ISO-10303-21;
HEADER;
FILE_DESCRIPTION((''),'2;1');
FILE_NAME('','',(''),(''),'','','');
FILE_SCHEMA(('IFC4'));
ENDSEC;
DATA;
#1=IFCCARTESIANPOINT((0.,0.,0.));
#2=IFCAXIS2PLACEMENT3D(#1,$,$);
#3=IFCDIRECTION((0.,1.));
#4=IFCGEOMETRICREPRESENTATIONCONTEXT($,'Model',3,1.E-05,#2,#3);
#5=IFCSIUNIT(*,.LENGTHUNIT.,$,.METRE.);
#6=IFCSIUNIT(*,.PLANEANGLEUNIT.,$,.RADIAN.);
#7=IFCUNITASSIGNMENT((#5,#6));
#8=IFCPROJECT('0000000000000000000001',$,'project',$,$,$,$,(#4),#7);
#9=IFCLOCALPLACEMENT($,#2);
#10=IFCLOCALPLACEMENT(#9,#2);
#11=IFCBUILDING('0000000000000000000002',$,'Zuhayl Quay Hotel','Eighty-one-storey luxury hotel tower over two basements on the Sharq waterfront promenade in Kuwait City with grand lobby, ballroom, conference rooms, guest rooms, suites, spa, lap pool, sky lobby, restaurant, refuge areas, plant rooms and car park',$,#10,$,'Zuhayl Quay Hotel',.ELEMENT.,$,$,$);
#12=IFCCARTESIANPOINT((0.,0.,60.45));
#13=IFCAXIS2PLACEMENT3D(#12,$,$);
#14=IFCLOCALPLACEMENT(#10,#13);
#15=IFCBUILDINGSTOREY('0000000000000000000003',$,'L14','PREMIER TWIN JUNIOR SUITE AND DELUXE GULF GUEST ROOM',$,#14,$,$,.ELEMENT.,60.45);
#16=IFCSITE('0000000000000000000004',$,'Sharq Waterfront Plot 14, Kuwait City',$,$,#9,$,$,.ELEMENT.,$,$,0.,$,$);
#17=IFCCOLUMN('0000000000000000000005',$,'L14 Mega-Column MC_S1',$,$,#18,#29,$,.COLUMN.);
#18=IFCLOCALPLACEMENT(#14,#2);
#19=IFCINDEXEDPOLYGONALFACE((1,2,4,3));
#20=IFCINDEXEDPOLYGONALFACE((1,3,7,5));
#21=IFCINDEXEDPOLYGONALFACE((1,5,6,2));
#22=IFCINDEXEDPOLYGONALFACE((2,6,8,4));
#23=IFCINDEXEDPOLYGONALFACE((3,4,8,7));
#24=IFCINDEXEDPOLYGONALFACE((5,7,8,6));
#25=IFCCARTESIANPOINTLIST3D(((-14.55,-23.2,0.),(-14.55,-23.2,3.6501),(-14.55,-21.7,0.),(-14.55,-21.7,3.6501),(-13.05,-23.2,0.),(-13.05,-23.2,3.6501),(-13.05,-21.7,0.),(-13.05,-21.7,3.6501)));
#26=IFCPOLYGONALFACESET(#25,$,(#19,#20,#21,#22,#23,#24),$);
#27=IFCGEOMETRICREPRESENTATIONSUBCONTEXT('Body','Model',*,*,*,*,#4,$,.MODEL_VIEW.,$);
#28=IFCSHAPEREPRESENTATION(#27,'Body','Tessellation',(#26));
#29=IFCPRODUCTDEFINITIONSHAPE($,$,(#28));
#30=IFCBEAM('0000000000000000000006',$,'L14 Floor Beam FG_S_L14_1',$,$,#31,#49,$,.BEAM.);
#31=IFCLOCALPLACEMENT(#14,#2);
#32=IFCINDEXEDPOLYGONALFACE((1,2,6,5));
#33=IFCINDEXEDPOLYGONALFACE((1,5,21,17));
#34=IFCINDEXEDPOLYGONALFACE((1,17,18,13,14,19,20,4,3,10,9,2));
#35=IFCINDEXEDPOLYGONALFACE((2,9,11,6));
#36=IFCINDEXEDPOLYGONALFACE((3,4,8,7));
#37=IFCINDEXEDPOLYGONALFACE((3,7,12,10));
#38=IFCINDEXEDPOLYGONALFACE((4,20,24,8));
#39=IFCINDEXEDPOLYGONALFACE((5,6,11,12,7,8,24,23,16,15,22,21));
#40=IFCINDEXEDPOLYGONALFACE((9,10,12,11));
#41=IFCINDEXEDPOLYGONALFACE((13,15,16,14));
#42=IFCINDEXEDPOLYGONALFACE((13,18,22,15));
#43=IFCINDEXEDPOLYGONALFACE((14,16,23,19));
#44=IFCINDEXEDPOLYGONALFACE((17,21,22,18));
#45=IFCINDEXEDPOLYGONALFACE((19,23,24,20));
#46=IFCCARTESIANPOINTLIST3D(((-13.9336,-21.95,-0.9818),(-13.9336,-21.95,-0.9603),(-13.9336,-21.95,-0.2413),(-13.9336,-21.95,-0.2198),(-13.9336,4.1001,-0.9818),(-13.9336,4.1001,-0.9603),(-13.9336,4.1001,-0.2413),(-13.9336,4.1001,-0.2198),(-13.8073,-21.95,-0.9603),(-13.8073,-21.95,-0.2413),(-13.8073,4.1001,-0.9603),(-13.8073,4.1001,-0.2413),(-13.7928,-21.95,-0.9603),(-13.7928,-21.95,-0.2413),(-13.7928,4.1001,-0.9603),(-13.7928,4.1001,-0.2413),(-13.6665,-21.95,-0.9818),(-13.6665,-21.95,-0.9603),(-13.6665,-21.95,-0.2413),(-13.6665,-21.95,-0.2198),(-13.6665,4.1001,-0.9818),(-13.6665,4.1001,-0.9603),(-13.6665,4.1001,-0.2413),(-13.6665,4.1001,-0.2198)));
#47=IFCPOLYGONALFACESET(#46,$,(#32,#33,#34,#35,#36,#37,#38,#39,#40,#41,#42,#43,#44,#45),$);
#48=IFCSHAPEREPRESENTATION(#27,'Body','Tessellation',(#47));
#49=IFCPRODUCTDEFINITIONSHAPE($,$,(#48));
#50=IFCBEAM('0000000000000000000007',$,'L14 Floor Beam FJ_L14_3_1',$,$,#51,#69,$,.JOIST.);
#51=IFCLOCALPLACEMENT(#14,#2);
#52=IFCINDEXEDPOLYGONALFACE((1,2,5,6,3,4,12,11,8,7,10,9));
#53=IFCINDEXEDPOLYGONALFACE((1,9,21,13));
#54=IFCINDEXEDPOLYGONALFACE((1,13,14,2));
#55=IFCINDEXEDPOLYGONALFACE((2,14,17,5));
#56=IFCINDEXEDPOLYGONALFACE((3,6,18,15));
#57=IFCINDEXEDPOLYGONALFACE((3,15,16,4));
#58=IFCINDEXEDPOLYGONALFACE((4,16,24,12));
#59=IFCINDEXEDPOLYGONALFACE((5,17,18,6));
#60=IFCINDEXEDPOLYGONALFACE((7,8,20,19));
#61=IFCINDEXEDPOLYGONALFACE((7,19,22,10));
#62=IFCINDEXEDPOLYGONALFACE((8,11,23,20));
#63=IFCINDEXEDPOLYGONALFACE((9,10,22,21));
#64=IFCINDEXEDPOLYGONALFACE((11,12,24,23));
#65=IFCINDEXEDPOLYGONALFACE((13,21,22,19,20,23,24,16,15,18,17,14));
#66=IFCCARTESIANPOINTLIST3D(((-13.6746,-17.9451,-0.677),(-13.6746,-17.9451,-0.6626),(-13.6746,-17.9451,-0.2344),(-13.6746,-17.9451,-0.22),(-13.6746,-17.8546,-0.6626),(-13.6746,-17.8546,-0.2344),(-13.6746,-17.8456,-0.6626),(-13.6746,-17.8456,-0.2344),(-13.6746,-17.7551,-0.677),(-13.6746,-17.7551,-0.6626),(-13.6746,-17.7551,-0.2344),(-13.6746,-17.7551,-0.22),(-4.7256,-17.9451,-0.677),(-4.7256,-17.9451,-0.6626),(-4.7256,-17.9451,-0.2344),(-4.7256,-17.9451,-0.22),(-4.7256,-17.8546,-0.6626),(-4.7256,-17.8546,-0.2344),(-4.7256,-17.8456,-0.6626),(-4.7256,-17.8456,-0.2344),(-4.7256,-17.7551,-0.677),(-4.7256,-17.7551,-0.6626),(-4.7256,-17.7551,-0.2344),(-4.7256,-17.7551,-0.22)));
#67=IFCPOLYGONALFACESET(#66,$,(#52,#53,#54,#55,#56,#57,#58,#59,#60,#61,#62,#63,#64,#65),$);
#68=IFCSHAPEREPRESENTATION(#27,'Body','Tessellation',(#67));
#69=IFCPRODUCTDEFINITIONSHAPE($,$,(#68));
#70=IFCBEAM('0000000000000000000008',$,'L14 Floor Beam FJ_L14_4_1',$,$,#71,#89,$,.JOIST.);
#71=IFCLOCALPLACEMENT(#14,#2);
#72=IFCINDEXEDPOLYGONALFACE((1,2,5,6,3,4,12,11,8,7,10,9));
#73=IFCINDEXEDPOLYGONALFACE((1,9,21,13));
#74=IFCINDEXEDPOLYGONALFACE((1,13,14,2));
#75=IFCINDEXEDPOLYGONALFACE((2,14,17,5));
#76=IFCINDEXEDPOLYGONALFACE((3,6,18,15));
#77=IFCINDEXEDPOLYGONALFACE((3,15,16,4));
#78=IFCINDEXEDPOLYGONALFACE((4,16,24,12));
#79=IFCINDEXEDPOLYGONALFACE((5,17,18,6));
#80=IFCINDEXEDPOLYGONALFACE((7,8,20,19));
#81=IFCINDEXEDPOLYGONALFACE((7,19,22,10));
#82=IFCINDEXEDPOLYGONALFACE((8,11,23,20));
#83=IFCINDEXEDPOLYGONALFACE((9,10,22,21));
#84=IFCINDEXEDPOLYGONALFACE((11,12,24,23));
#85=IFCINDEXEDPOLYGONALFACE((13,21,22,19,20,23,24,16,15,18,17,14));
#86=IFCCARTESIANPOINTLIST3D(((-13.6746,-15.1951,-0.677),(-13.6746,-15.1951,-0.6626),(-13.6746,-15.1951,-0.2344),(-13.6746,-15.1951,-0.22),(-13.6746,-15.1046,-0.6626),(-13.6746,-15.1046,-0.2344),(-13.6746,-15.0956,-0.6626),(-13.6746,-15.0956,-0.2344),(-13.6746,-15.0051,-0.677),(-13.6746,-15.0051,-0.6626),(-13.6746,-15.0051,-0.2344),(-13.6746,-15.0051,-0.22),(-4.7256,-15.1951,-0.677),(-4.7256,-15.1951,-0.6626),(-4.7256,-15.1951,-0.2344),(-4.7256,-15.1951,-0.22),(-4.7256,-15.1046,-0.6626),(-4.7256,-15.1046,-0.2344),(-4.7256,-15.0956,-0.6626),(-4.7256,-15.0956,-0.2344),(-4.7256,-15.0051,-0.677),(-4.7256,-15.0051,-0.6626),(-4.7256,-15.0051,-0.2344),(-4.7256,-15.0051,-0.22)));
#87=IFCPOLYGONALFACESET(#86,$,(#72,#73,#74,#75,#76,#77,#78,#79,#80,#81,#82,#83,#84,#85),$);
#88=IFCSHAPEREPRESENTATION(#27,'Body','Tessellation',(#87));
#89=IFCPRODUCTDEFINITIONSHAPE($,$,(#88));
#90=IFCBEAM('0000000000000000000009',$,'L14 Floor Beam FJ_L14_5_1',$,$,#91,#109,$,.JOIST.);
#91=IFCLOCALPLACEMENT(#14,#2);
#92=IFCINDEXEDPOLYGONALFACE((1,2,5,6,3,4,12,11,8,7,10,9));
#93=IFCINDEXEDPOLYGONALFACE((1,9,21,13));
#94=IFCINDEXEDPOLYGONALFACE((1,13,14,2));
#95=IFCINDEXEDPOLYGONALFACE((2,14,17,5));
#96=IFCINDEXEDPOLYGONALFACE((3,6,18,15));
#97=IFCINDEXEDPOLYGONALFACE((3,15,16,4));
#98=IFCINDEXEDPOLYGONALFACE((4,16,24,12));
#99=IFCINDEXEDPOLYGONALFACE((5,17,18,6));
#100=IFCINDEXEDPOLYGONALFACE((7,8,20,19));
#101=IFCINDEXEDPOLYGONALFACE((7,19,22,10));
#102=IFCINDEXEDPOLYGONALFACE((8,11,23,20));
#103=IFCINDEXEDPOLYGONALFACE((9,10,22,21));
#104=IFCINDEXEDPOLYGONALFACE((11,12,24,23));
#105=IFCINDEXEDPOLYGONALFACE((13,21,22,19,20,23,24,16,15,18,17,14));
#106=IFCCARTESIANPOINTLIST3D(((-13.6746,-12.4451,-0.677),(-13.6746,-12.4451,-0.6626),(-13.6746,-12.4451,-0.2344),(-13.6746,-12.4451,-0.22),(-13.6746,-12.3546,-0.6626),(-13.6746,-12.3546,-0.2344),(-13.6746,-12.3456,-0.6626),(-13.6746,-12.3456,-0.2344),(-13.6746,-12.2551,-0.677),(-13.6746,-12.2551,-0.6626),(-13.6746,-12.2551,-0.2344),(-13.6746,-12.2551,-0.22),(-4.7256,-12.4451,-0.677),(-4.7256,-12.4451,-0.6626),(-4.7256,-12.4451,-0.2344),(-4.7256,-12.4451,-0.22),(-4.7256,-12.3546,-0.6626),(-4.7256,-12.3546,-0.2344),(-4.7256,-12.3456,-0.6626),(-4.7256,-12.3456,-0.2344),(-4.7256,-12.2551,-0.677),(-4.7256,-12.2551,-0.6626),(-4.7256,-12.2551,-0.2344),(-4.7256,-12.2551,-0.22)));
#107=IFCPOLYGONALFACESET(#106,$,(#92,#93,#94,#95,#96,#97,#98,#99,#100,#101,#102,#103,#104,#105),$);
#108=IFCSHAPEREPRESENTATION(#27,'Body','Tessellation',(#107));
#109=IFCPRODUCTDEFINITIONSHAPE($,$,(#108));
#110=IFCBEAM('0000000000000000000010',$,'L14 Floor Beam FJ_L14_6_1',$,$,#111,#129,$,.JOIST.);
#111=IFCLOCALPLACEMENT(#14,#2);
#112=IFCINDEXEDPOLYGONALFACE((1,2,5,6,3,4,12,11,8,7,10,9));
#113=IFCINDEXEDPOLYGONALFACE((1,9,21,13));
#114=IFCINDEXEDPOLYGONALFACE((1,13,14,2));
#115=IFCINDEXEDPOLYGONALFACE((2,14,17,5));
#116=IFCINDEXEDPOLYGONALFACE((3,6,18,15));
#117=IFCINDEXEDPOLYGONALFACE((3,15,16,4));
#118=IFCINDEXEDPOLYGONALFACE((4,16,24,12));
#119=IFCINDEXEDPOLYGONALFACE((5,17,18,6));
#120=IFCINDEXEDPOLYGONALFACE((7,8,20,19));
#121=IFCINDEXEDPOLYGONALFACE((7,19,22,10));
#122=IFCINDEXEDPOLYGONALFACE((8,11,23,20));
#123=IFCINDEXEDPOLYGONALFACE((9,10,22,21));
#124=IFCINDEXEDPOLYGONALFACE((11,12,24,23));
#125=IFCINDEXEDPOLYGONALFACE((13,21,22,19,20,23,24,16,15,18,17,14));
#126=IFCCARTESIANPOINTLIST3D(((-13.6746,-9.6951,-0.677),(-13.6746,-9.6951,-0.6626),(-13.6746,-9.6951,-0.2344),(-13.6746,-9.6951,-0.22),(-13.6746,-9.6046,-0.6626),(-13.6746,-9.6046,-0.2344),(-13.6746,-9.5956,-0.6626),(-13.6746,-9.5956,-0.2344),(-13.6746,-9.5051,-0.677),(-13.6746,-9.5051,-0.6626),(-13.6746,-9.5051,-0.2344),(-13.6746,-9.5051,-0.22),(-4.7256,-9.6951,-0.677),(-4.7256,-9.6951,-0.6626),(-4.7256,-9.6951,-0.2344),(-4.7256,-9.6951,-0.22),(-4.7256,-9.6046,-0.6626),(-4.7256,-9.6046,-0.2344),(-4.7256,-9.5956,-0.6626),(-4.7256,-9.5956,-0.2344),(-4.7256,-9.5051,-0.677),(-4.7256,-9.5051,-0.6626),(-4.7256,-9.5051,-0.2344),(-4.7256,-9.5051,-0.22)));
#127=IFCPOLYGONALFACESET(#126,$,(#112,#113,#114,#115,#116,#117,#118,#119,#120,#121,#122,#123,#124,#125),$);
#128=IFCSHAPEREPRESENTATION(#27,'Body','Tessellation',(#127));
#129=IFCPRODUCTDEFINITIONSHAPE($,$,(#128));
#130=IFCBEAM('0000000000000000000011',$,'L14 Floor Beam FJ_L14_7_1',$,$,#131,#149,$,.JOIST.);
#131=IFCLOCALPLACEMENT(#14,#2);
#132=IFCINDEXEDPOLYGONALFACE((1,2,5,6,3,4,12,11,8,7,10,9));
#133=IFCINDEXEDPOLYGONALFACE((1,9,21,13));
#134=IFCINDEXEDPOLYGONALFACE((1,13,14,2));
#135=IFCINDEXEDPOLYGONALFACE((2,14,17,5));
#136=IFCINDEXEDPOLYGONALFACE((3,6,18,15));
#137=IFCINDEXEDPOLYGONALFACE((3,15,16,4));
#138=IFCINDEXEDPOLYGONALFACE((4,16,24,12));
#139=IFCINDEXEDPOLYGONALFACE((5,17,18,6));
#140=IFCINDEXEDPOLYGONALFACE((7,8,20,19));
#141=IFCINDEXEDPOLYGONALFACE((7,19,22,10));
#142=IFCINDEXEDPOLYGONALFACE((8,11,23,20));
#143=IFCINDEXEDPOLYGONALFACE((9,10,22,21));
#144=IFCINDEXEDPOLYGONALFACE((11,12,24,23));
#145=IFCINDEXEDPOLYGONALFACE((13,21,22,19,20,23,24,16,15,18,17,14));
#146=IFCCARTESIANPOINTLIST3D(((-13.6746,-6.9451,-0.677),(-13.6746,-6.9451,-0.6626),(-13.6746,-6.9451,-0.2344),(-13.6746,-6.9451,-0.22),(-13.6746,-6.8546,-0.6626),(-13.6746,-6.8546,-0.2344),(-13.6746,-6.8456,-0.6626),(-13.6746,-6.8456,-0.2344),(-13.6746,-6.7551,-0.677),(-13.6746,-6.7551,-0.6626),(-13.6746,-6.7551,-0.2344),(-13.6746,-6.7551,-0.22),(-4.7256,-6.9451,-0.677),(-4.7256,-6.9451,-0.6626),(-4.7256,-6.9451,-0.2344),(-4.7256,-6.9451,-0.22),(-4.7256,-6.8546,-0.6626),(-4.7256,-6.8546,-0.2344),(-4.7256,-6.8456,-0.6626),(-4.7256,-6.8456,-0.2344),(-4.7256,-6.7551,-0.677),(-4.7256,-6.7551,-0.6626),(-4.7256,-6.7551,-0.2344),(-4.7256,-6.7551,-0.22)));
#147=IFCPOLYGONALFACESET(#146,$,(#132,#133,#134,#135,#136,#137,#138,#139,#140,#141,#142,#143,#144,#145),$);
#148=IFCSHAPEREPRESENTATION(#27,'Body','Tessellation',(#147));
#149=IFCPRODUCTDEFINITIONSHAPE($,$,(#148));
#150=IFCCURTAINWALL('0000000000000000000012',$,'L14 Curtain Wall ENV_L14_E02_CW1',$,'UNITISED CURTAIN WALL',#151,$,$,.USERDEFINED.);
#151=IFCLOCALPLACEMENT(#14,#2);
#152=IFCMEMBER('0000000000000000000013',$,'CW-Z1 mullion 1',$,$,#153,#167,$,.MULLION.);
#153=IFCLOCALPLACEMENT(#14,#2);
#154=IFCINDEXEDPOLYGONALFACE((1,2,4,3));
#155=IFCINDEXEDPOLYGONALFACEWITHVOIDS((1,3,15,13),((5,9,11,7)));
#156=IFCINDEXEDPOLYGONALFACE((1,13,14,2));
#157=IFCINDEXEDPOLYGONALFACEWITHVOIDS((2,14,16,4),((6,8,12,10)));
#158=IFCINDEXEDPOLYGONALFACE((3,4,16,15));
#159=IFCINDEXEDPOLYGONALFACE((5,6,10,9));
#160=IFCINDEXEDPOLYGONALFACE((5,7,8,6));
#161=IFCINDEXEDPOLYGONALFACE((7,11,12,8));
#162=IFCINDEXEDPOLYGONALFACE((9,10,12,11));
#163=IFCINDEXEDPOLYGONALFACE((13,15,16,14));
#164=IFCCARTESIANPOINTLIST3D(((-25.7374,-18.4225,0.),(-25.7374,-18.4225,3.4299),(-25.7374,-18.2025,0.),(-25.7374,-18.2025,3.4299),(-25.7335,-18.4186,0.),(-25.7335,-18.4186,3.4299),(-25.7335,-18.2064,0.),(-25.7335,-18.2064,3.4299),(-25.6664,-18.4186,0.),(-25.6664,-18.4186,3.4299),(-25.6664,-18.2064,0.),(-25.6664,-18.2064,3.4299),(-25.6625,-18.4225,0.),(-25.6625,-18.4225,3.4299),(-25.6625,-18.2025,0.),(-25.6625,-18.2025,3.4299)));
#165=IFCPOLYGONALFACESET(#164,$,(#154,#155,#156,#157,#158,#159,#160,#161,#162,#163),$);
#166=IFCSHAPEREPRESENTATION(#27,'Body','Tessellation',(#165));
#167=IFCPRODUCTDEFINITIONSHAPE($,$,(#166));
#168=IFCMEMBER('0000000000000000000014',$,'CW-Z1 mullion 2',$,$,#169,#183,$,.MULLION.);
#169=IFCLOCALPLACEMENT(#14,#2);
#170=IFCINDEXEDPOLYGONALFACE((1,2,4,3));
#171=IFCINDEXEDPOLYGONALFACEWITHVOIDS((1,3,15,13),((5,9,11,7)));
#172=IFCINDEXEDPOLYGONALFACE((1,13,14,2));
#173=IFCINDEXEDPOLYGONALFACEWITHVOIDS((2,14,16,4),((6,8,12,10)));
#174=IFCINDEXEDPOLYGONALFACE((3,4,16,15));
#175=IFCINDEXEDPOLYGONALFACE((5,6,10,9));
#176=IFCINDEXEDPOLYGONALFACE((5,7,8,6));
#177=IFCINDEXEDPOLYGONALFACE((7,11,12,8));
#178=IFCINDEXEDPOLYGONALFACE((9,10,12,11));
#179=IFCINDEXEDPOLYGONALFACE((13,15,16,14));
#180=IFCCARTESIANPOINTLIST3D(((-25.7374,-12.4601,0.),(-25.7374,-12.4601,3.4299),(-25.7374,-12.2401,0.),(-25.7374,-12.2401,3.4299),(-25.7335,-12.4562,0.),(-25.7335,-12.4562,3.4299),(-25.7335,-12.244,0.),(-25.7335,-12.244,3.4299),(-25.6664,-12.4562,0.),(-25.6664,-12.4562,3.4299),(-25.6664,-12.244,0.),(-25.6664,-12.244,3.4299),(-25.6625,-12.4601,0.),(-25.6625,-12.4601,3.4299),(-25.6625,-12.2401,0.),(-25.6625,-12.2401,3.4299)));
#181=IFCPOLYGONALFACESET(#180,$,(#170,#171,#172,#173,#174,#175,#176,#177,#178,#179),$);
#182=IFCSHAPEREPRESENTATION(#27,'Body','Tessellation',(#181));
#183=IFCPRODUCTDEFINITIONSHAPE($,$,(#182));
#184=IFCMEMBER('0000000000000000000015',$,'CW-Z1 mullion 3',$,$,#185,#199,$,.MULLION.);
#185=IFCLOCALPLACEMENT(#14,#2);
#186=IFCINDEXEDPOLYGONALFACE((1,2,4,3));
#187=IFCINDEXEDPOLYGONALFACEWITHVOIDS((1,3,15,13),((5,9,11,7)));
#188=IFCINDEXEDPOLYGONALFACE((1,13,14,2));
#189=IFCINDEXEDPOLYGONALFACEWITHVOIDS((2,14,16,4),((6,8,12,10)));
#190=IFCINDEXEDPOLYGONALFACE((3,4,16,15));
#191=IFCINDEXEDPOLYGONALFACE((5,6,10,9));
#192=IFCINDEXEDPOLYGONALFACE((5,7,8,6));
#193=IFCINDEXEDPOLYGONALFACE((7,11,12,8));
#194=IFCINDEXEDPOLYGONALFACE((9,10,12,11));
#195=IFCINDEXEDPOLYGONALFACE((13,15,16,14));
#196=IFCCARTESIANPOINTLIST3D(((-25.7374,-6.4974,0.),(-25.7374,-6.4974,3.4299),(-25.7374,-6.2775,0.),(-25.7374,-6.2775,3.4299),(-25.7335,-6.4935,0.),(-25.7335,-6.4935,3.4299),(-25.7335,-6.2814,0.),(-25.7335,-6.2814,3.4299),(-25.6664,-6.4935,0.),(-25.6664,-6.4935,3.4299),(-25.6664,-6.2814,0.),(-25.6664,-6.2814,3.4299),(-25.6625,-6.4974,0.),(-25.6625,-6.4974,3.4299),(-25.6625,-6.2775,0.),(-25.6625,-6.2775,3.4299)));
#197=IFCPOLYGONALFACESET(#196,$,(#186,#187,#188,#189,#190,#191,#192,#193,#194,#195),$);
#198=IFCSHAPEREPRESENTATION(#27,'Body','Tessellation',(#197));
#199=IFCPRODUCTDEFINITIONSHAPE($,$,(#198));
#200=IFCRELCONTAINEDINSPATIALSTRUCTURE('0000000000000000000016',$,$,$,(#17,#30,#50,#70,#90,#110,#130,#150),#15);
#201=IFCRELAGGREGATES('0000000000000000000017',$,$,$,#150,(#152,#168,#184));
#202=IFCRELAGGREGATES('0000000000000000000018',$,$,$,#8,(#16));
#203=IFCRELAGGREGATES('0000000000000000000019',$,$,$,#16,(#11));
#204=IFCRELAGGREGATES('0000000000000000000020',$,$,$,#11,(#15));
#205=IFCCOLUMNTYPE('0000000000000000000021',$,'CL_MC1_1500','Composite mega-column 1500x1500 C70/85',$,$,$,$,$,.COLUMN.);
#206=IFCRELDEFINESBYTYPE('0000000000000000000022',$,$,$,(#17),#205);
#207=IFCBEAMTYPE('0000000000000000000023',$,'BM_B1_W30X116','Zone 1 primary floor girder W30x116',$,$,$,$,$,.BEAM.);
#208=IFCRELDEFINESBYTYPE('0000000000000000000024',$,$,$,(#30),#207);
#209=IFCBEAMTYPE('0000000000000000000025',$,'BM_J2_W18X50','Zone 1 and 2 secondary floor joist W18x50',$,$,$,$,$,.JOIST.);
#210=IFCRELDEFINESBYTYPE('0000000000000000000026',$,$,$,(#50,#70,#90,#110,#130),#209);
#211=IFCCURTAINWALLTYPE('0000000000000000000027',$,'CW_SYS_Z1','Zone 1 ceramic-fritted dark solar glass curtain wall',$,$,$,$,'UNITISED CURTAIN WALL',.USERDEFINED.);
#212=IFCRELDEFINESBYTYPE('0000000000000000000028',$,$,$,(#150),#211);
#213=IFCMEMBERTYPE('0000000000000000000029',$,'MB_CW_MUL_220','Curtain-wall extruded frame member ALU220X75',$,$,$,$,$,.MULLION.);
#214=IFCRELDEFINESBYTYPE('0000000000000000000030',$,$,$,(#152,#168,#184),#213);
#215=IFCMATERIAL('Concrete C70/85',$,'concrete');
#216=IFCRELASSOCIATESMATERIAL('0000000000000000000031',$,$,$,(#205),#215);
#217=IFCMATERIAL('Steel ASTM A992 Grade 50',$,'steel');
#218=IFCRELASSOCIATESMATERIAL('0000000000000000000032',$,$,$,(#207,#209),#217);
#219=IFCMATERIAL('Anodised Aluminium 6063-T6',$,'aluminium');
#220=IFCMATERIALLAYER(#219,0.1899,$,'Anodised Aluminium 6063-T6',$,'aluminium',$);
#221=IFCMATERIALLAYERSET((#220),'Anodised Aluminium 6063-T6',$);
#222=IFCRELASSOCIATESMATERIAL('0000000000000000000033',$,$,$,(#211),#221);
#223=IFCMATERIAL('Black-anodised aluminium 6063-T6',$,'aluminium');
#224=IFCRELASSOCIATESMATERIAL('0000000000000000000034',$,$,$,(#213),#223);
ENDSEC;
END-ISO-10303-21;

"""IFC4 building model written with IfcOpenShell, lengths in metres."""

from ifc_helpers import new_model, si_unit, direction, frame, origin, origin_2d, place, context, subcontext, project, spatial, rectangle, hollow_rectangle, i_section, extrude, material, layer, layer_set, material_profile, profile_set, type_object, element, aggregate, save


model = new_model("IFC4")

# Units and contexts
model_context = context("Model", 3, precision=1e-05, world=origin(), true_north=direction((0.0, 1.0)))
body_context = subcontext(model_context, "Body", "Model", "MODEL_VIEW")
ifc_project = project(units=[si_unit("LENGTHUNIT", "METRE"), si_unit("PLANEANGLEUNIT", "RADIAN")], contexts=[model_context])

# Site, building, storey
site_placement = place(None, origin())
site = spatial("IfcSite", under=ifc_project, at=site_placement, Name="Sharq Waterfront Plot 14, Kuwait City", CompositionType="ELEMENT", RefElevation=0.0)
building_placement = place(site_placement, origin())
building = spatial("IfcBuilding", under=site, at=building_placement, Name="Zuhayl Quay Hotel", Description="Eighty-one-storey luxury hotel tower over two basements on the Sharq waterfront promenade in Kuwait City with grand lobby, ballroom, conference rooms, guest rooms, suites, spa, lap pool, sky lobby, restaurant, refuge areas, plant rooms and car park", LongName="Zuhayl Quay Hotel", CompositionType="ELEMENT")
storey_placement = place(building_placement, frame((0.0, 0.0, 60.45)))
storey = spatial("IfcBuildingStorey", under=building, at=storey_placement, Name="L14", Description="PREMIER TWIN JUNIOR SUITE AND DELUXE GULF GUEST ROOM", CompositionType="ELEMENT", Elevation=60.45)

# Column
ifc_material_1 = material(Name="Concrete C70/85", Category="concrete")
ifc_material_profile_1 = material_profile(ifc_material_1, rectangle(XDim=1.5, YDim=1.5, at=origin_2d()), Name="RC1500X1500")
ifc_profile_set_1 = profile_set([ifc_material_profile_1], Name="Concrete C70/85")
column_type = type_object("IfcColumnType", Name="CL_MC1_1500", Description="Composite mega-column 1500x1500 C70/85", PredefinedType="COLUMN", material=ifc_profile_set_1)
column_placement = place(storey_placement, frame((-13.8, -22.45, 0.0), z_axis=(0.0, 0.0, 1.0), x_axis=(1.0, 0.0, 0.0)))
element("IfcColumn", 1, at=column_placement, inside=storey, type_object=column_type, Name="L14 Mega-Column MC_S1", PredefinedType="COLUMN", context=body_context, shape_type="SweptSolid", body=[
    extrude(rectangle(XDim=1.5, YDim=1.5, at=origin_2d()), origin(), (0.0, 0.0, 1.0), 3.6501),
])

# Beams
ifc_material_2 = material(Name="Steel ASTM A992 Grade 50", Category="steel")
ifc_material_profile_2 = material_profile(ifc_material_2, i_section(OverallWidth=0.2671, OverallDepth=0.762, WebThickness=0.0144, FlangeThickness=0.0215, at=origin_2d()), Name="W30X116")
ifc_profile_set_2 = profile_set([ifc_material_profile_2], Name="Steel ASTM A992 Grade 50")
beam_type_1 = type_object("IfcBeamType", Name="BM_B1_W30X116", Description="Zone 1 primary floor girder W30x116", PredefinedType="BEAM", material=ifc_profile_set_2)
beam_placement = place(storey_placement, frame((-13.8, -21.95, -0.6008), z_axis=(0.0, 1.0, 0.0), x_axis=(-1.0, 0.0, 0.0)))
element("IfcBeam", 2, at=beam_placement, inside=storey, type_object=beam_type_1, Name="L14 Floor Beam FG_S_L14_1", PredefinedType="BEAM", context=body_context, shape_type="SweptSolid", body=[
    extrude(i_section(OverallWidth=0.2671, OverallDepth=0.762, WebThickness=0.0144, FlangeThickness=0.0215, at=origin_2d()), origin(), (0.0, 0.0, 1.0), 26.05),
])
ifc_material_profile_3 = material_profile(ifc_material_2, i_section(OverallWidth=0.1899, OverallDepth=0.457, WebThickness=0.009, FlangeThickness=0.0144, at=origin_2d()), Name="W18X50")
ifc_profile_set_3 = profile_set([ifc_material_profile_3], Name="Steel ASTM A992 Grade 50")
beam_type_2 = type_object("IfcBeamType", Name="BM_J2_W18X50", Description="Zone 1 and 2 secondary floor joist W18x50", PredefinedType="JOIST", material=ifc_profile_set_3)
for number, where, z_axis, x_axis, name in (
    (3, (-13.6746, -17.8501, -0.4485), (1.0, 0.0, 0.0), (0.0, 1.0, 0.0), "L14 Floor Beam FJ_L14_3_1"),
    (4, (-13.6746, -15.1001, -0.4485), (1.0, 0.0, 0.0), (0.0, 1.0, 0.0), "L14 Floor Beam FJ_L14_4_1"),
    (5, (-13.6746, -12.3501, -0.4485), (1.0, 0.0, 0.0), (0.0, 1.0, 0.0), "L14 Floor Beam FJ_L14_5_1"),
    (6, (-13.6746, -9.6001, -0.4485), (1.0, 0.0, 0.0), (0.0, 1.0, 0.0), "L14 Floor Beam FJ_L14_6_1"),
    (7, (-13.6746, -6.8501, -0.4485), (1.0, 0.0, 0.0), (0.0, 1.0, 0.0), "L14 Floor Beam FJ_L14_7_1"),
):
    element("IfcBeam", number, at=place(storey_placement, frame(where, z_axis=z_axis, x_axis=x_axis)), inside=storey, type_object=beam_type_2, Name=name, PredefinedType="JOIST", context=body_context, shape_type="SweptSolid", body=[
        extrude(i_section(OverallWidth=0.1899, OverallDepth=0.457, WebThickness=0.009, FlangeThickness=0.0144, at=origin_2d()), origin(), (0.0, 0.0, 1.0), 8.949),
    ])

# Curtain wall, members
ifc_material_3 = material(Name="Anodised Aluminium 6063-T6", Category="aluminium")
ifc_layer_1 = layer(ifc_material_3, 0.1899, Name="Anodised Aluminium 6063-T6", Category="aluminium")
ifc_layer_set_1 = layer_set([ifc_layer_1], Name="Anodised Aluminium 6063-T6")
curtain_wall_type = type_object("IfcCurtainWallType", Name="CW_SYS_Z1", Description="Zone 1 ceramic-fritted dark solar glass curtain wall", ElementType="UNITISED CURTAIN WALL", PredefinedType="USERDEFINED", material=ifc_layer_set_1)
curtain_wall_1_placement = place(storey_placement, origin())
curtain_wall_1 = element("IfcCurtainWall", 8, at=curtain_wall_1_placement, inside=storey, type_object=curtain_wall_type, Name="L14 Curtain Wall ENV_L14_E02_CW1", ObjectType="UNITISED CURTAIN WALL", PredefinedType="USERDEFINED")
ifc_material_4 = material(Name="Black-anodised aluminium 6063-T6", Category="aluminium")
ifc_material_profile_4 = material_profile(ifc_material_4, hollow_rectangle(XDim=0.075, YDim=0.22, WallThickness=0.0039, at=origin_2d()), Name="ALU220X75")
ifc_profile_set_4 = profile_set([ifc_material_profile_4], Name="Black-anodised aluminium 6063-T6")
member_type_1 = type_object("IfcMemberType", Name="MB_CW_MUL_220", Description="Curtain-wall extruded frame member ALU220X75", PredefinedType="MULLION", material=ifc_profile_set_4)
member_1_placement = place(storey_placement, frame((-25.7, -18.3125, 0.0), z_axis=(0.0, 0.0, 1.0), x_axis=(-1.0, 0.0, 0.0)))
member_1 = element("IfcMember", 9, at=member_1_placement, type_object=member_type_1, Name="CW-Z1 mullion 1", PredefinedType="MULLION", context=body_context, shape_type="SweptSolid", body=[
    extrude(hollow_rectangle(XDim=0.075, YDim=0.22, WallThickness=0.0039, at=origin_2d()), origin(), (0.0, 0.0, 1.0), 3.4299),
])
member_2_placement = place(storey_placement, frame((-25.7, -12.3501, 0.0), z_axis=(0.0, 0.0, 1.0), x_axis=(-1.0, 0.0, 0.0)))
member_2 = element("IfcMember", 10, at=member_2_placement, type_object=member_type_1, Name="CW-Z1 mullion 2", PredefinedType="MULLION", context=body_context, shape_type="SweptSolid", body=[
    extrude(hollow_rectangle(XDim=0.075, YDim=0.22, WallThickness=0.0039, at=origin_2d()), origin(), (0.0, 0.0, 1.0), 3.4299),
])
member_3_placement = place(storey_placement, frame((-25.7, -6.3875, 0.0), z_axis=(0.0, 0.0, 1.0), x_axis=(-1.0, 0.0, 0.0)))
member_3 = element("IfcMember", 11, at=member_3_placement, type_object=member_type_1, Name="CW-Z1 mullion 3", PredefinedType="MULLION", context=body_context, shape_type="SweptSolid", body=[
    extrude(hollow_rectangle(XDim=0.075, YDim=0.22, WallThickness=0.0039, at=origin_2d()), origin(), (0.0, 0.0, 1.0), 3.4299),
])

aggregate(curtain_wall_1, [member_1, member_2, member_3])

save(model, "model.ifc")
